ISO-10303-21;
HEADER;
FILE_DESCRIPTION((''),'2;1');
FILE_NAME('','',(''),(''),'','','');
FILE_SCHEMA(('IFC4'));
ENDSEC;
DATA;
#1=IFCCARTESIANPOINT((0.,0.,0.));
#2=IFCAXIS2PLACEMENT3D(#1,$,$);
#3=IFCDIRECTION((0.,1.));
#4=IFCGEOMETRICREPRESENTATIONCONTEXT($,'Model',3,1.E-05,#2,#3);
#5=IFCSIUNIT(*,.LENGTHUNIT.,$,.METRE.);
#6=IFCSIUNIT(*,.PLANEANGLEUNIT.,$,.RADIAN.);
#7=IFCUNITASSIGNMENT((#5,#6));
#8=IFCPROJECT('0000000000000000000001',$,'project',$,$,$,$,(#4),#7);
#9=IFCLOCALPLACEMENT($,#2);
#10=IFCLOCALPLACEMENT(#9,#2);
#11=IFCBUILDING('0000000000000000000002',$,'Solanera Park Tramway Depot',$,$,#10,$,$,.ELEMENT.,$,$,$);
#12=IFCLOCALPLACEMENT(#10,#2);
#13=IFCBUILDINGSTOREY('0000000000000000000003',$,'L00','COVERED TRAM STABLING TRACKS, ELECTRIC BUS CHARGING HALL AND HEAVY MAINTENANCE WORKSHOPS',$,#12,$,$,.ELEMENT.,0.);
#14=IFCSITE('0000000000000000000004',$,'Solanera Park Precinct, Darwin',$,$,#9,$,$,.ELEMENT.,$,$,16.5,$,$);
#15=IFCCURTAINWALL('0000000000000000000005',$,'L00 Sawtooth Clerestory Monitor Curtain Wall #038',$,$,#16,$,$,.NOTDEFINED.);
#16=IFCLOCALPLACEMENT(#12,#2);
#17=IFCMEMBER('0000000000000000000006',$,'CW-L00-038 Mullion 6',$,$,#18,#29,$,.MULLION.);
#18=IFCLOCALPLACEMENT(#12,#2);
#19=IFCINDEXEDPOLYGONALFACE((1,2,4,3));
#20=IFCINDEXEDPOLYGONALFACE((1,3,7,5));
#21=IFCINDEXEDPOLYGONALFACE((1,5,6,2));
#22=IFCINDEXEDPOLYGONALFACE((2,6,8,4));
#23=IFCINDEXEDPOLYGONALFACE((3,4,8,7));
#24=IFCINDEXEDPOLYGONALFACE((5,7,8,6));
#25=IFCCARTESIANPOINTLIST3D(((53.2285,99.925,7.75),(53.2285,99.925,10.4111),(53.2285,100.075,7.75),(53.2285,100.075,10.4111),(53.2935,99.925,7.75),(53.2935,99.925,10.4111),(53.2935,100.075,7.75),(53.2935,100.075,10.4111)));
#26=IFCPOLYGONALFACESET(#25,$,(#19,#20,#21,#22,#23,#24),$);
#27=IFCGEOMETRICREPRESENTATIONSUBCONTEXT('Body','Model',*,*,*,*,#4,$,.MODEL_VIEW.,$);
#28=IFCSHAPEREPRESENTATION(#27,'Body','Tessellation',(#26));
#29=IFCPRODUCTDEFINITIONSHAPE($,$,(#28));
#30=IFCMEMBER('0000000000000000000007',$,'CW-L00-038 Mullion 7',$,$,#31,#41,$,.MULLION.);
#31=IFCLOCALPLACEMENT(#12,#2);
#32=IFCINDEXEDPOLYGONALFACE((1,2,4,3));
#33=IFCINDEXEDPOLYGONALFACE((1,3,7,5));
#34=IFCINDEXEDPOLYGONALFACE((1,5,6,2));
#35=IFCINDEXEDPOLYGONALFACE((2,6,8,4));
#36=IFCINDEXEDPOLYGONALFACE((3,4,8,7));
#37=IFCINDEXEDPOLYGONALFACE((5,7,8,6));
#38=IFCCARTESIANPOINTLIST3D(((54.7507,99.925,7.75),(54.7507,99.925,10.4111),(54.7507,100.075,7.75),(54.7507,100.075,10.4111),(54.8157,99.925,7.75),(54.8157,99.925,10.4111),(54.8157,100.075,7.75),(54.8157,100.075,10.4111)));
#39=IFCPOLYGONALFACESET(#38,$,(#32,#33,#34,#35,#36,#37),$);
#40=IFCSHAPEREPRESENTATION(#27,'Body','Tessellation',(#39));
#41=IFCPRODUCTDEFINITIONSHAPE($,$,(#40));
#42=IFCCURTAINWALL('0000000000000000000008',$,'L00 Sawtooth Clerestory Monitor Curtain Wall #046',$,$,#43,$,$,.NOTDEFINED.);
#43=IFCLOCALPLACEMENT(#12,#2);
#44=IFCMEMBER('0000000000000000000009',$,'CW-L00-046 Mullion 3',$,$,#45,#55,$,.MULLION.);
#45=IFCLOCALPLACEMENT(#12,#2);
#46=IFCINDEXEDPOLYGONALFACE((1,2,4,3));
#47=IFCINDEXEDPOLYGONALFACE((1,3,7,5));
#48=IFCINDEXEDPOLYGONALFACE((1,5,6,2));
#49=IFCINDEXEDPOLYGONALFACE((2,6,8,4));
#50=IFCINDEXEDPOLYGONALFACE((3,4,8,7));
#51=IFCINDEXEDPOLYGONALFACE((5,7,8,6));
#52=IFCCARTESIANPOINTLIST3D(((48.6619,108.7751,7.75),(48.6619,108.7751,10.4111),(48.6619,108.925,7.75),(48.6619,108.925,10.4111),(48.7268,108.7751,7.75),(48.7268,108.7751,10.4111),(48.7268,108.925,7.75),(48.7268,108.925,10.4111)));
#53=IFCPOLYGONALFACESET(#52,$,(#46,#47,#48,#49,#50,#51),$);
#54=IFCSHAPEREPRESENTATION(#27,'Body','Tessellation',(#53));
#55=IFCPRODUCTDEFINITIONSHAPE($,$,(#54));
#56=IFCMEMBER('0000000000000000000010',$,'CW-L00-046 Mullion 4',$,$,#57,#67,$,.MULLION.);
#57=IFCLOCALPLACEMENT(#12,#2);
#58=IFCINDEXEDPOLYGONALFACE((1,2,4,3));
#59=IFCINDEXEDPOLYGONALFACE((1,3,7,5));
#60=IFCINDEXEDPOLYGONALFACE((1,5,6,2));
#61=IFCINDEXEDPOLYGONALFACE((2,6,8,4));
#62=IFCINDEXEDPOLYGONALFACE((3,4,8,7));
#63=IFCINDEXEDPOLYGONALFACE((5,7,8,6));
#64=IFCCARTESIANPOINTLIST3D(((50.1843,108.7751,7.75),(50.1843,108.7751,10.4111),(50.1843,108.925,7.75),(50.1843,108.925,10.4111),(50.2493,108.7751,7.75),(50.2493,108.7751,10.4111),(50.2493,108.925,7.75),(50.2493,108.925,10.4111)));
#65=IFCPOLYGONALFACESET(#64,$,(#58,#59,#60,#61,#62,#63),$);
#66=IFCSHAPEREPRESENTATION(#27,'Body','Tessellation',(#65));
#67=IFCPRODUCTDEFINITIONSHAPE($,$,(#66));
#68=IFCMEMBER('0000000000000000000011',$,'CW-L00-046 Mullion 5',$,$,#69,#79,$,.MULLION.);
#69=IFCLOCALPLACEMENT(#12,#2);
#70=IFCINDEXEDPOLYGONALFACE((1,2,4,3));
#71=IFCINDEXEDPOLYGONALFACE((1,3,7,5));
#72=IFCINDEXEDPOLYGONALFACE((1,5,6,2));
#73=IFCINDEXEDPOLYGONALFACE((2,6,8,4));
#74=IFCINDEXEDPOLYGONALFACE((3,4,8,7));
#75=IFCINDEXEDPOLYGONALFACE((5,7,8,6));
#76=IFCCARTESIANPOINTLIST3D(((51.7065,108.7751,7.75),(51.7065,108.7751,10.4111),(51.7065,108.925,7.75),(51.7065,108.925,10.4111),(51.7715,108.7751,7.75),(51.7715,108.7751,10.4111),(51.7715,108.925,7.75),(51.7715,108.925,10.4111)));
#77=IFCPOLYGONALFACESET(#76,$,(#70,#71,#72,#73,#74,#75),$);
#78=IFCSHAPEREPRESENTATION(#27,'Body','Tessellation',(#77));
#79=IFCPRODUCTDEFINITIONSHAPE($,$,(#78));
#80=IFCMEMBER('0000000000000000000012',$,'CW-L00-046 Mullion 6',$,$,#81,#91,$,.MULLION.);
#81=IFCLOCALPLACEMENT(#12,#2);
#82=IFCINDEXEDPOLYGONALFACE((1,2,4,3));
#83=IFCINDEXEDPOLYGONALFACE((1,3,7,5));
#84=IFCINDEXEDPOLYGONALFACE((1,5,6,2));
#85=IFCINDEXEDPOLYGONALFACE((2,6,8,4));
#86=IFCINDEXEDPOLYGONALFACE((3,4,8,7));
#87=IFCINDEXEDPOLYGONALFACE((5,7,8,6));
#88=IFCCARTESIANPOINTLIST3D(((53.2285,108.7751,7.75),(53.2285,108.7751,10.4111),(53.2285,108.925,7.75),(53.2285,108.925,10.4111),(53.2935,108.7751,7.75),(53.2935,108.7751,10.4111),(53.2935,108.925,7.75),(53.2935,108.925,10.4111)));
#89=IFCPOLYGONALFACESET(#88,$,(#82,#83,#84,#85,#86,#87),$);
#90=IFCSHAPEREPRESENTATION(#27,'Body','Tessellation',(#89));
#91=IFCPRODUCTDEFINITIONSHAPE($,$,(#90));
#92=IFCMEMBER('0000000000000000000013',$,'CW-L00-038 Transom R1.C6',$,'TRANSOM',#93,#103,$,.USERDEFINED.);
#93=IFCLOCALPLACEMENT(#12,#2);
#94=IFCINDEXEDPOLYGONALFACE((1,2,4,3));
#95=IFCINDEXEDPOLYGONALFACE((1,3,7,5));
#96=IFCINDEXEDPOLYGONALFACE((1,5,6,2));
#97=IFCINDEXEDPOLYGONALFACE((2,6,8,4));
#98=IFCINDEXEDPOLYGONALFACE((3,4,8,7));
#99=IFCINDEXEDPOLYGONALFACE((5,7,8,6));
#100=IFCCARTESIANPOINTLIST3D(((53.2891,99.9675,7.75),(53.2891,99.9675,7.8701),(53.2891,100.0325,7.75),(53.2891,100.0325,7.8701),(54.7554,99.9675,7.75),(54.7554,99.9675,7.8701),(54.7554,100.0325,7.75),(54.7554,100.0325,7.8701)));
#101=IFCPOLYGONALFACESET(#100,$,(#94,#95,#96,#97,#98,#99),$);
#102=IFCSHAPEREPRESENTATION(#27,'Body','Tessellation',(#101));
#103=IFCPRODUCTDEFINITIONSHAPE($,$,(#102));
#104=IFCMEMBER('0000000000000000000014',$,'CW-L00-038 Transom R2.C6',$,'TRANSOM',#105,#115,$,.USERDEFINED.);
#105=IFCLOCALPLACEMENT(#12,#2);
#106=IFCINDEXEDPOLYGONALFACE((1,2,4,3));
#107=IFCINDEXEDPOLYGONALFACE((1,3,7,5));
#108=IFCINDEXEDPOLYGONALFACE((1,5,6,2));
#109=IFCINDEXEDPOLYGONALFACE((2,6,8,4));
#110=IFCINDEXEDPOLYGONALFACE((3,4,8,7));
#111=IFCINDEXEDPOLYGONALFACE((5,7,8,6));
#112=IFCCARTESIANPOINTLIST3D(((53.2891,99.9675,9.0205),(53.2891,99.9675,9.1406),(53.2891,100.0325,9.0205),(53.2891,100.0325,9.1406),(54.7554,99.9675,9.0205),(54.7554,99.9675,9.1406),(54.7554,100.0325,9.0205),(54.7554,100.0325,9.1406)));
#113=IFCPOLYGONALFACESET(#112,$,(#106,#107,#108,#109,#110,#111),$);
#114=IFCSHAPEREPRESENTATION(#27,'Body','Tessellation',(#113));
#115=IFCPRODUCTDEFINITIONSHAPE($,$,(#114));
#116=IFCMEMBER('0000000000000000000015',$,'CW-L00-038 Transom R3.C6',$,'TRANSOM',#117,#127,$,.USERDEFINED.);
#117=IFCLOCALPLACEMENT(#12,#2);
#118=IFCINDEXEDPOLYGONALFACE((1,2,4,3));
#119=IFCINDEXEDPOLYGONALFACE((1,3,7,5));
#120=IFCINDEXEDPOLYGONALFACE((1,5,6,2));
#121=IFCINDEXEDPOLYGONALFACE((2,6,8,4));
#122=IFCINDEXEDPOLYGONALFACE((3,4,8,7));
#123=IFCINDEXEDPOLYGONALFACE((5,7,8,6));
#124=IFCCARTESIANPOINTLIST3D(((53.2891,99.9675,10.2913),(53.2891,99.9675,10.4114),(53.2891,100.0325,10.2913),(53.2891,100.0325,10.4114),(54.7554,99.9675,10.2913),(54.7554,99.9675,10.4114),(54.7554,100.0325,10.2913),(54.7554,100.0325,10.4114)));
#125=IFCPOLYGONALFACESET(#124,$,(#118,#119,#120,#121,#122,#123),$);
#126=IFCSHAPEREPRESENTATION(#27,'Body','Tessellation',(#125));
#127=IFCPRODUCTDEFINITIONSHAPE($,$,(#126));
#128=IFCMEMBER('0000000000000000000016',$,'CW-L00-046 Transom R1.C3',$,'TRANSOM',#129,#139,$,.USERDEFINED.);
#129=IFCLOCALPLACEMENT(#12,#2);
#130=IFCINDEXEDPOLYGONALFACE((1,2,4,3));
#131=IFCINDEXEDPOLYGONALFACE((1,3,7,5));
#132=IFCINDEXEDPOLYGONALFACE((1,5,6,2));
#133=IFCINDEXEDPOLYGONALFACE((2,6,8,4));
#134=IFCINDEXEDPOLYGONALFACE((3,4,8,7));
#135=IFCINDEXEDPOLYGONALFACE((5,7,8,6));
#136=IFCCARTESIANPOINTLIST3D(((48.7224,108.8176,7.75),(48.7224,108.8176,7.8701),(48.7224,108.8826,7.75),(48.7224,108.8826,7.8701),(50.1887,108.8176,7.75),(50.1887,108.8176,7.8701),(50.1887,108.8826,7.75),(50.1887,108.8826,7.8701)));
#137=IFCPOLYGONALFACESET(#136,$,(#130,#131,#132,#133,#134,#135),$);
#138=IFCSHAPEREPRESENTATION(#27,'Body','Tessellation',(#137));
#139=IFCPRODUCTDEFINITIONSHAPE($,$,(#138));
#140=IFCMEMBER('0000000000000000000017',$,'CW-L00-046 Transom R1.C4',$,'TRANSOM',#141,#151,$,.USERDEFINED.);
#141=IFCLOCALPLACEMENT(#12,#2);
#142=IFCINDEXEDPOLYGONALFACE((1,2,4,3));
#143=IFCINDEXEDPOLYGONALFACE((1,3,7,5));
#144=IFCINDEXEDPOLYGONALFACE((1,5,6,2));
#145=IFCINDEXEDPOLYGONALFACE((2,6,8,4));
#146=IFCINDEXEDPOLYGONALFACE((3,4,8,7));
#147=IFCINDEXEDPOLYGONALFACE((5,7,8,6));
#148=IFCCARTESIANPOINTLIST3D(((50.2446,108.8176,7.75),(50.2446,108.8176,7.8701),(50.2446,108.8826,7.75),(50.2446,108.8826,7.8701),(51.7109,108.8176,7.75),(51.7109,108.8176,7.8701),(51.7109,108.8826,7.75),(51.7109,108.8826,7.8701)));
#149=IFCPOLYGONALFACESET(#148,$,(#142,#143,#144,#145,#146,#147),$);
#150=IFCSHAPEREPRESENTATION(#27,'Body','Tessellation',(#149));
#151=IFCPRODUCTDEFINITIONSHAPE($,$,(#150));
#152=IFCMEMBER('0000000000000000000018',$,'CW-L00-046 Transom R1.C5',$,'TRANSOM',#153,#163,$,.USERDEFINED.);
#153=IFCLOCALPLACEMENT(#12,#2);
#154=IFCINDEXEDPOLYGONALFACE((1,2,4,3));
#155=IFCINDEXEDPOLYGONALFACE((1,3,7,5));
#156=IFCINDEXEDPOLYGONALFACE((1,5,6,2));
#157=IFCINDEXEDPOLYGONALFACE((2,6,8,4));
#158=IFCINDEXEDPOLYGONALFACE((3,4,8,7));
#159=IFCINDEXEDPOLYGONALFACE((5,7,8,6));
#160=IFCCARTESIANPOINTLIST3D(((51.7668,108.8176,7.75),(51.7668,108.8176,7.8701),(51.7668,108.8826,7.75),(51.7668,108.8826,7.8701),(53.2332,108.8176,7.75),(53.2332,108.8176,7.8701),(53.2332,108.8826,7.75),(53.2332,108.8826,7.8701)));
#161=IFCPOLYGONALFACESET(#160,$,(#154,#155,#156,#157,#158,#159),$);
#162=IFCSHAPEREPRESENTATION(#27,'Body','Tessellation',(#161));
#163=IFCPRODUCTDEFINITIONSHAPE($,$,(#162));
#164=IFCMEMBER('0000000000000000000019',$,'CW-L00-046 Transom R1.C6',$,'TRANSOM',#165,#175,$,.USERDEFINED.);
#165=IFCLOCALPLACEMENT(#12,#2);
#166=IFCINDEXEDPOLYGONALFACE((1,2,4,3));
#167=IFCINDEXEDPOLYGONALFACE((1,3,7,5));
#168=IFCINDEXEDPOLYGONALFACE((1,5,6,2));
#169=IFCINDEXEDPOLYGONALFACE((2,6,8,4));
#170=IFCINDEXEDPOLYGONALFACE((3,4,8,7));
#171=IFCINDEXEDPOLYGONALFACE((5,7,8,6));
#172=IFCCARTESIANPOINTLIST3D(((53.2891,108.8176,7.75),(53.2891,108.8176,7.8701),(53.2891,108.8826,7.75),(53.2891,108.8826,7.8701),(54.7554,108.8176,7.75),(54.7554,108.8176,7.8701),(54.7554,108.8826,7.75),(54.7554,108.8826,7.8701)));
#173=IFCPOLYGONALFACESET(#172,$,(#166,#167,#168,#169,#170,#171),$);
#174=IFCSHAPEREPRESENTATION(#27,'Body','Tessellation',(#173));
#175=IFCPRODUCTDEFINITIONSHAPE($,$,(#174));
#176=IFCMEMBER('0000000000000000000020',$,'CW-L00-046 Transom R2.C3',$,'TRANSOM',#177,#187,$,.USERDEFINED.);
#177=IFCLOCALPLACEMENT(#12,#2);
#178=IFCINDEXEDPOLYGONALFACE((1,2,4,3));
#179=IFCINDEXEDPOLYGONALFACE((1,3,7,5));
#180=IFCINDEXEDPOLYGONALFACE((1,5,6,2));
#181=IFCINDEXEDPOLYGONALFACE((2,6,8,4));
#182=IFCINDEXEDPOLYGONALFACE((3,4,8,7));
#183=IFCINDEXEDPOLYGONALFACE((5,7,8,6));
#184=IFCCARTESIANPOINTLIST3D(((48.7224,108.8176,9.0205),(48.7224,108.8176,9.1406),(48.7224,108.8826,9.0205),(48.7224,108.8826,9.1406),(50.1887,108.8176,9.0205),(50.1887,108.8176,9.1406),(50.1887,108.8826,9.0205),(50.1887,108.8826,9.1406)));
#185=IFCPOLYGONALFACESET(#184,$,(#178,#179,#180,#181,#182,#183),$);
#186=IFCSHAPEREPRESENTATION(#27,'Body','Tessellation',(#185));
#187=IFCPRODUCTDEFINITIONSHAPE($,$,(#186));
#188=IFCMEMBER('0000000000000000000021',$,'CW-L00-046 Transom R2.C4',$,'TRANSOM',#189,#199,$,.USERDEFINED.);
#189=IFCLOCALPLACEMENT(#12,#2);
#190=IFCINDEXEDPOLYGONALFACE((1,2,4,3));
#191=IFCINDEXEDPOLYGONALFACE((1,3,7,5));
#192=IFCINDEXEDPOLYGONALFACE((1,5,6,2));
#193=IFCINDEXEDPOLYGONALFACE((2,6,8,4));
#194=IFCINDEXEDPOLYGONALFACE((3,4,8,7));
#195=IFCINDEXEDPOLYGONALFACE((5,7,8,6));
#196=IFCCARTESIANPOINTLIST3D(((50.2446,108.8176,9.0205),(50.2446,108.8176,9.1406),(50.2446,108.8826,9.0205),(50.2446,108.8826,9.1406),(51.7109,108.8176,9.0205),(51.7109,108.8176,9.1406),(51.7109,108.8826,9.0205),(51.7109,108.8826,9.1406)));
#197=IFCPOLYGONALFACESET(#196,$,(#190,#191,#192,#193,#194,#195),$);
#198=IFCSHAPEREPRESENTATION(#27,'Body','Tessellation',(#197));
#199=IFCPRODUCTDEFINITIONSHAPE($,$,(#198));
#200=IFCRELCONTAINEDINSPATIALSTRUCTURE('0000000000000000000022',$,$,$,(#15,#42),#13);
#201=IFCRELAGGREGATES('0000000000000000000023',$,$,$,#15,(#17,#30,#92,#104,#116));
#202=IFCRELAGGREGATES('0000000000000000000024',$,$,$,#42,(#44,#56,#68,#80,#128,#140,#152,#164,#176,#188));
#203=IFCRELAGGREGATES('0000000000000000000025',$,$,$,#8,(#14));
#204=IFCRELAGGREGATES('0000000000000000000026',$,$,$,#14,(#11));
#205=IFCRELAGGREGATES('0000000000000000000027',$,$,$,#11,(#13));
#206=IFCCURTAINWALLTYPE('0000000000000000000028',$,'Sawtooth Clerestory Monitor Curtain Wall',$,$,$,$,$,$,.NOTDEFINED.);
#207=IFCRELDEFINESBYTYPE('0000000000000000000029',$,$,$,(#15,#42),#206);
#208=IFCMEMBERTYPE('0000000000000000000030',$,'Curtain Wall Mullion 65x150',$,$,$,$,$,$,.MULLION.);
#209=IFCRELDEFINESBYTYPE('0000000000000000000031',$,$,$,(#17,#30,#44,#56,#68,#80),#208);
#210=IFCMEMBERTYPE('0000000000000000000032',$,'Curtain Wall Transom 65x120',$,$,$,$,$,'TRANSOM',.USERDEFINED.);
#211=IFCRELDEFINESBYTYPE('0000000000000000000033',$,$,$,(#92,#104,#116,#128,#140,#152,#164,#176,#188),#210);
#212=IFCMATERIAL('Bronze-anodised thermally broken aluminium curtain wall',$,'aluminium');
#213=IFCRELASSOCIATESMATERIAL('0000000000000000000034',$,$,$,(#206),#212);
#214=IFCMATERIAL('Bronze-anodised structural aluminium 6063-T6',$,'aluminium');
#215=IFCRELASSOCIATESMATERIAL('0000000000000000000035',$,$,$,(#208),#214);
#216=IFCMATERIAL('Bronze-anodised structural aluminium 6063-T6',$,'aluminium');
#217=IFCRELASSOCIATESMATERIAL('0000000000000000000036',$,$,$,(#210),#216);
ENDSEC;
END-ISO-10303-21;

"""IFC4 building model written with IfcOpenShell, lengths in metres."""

from ifc_helpers import new_model, si_unit, direction, frame, origin, origin_2d, place, context, subcontext, project, spatial, rectangle, extrude, material, material_profile, profile_set, type_object, element, aggregate, save


model = new_model("IFC4")

# Units and contexts
model_context = context("Model", 3, precision=1e-05, world=origin(), true_north=direction((0.0, 1.0)))
body_context = subcontext(model_context, "Body", "Model", "MODEL_VIEW")
ifc_project = project(units=[si_unit("LENGTHUNIT", "METRE"), si_unit("PLANEANGLEUNIT", "RADIAN")], contexts=[model_context])

# Site, building, storey
site_placement = place(None, origin())
site = spatial("IfcSite", under=ifc_project, at=site_placement, Name="Solanera Park Precinct, Darwin", CompositionType="ELEMENT", RefElevation=16.5)
building_placement = place(site_placement, origin())
building = spatial("IfcBuilding", under=site, at=building_placement, Name="Solanera Park Tramway Depot", CompositionType="ELEMENT")
storey_placement = place(building_placement, origin())
storey = spatial("IfcBuildingStorey", under=building, at=storey_placement, Name="L00", Description="COVERED TRAM STABLING TRACKS, ELECTRIC BUS CHARGING HALL AND HEAVY MAINTENANCE WORKSHOPS", CompositionType="ELEMENT", Elevation=0.0)

# Curtain walls, members
ifc_material_1 = material(Name="Bronze-anodised thermally broken aluminium curtain wall", Category="aluminium")
curtain_wall_type = type_object("IfcCurtainWallType", Name="Sawtooth Clerestory Monitor Curtain Wall", PredefinedType="NOTDEFINED", material=ifc_material_1)
curtain_wall_1_placement = place(storey_placement, origin())
curtain_wall_1 = element("IfcCurtainWall", 1, at=curtain_wall_1_placement, inside=storey, type_object=curtain_wall_type, Name="L00 Sawtooth Clerestory Monitor Curtain Wall #038", PredefinedType="NOTDEFINED")
ifc_material_2 = material(Name="Bronze-anodised structural aluminium 6063-T6", Category="aluminium")
ifc_material_profile_1 = material_profile(ifc_material_2, rectangle(XDim=0.0649, YDim=0.1499, at=origin_2d()), Name="Curtain Wall Mullion 65x150")
ifc_profile_set_1 = profile_set([ifc_material_profile_1], Name="Bronze-anodised structural aluminium 6063-T6")
member_type_1 = type_object("IfcMemberType", Name="Curtain Wall Mullion 65x150", PredefinedType="MULLION", material=ifc_profile_set_1)
member_1_placement = place(storey_placement, frame((53.261, 100.0, 7.75), z_axis=(0.0, 0.0, 1.0), x_axis=(1.0, 0.0, 0.0)))
member_1 = element("IfcMember", 2, at=member_1_placement, type_object=member_type_1, Name="CW-L00-038 Mullion 6", PredefinedType="MULLION", context=body_context, shape_type="SweptSolid", body=[
    extrude(rectangle(XDim=0.0649, YDim=0.1499, at=origin_2d()), origin(), (0.0, 0.0, 1.0), 2.6611),
])
member_2_placement = place(storey_placement, frame((54.7832, 100.0, 7.75), z_axis=(0.0, 0.0, 1.0), x_axis=(1.0, 0.0, 0.0)))
member_2 = element("IfcMember", 3, at=member_2_placement, type_object=member_type_1, Name="CW-L00-038 Mullion 7", PredefinedType="MULLION", context=body_context, shape_type="SweptSolid", body=[
    extrude(rectangle(XDim=0.0649, YDim=0.1499, at=origin_2d()), origin(), (0.0, 0.0, 1.0), 2.6611),
])
curtain_wall_2_placement = place(storey_placement, origin())
curtain_wall_2 = element("IfcCurtainWall", 4, at=curtain_wall_2_placement, inside=storey, type_object=curtain_wall_type, Name="L00 Sawtooth Clerestory Monitor Curtain Wall #046", PredefinedType="NOTDEFINED")
member_3_placement = place(storey_placement, frame((48.6943, 108.8501, 7.75), z_axis=(0.0, 0.0, 1.0), x_axis=(1.0, 0.0, 0.0)))
member_3 = element("IfcMember", 5, at=member_3_placement, type_object=member_type_1, Name="CW-L00-046 Mullion 3", PredefinedType="MULLION", context=body_context, shape_type="SweptSolid", body=[
    extrude(rectangle(XDim=0.0649, YDim=0.1499, at=origin_2d()), origin(), (0.0, 0.0, 1.0), 2.6611),
])
member_4_placement = place(storey_placement, frame((50.2168, 108.8501, 7.75), z_axis=(0.0, 0.0, 1.0), x_axis=(1.0, 0.0, 0.0)))
member_4 = element("IfcMember", 6, at=member_4_placement, type_object=member_type_1, Name="CW-L00-046 Mullion 4", PredefinedType="MULLION", context=body_context, shape_type="SweptSolid", body=[
    extrude(rectangle(XDim=0.0649, YDim=0.1499, at=origin_2d()), origin(), (0.0, 0.0, 1.0), 2.6611),
])
member_5_placement = place(storey_placement, frame((51.739, 108.8501, 7.75), z_axis=(0.0, 0.0, 1.0), x_axis=(1.0, 0.0, 0.0)))
member_5 = element("IfcMember", 7, at=member_5_placement, type_object=member_type_1, Name="CW-L00-046 Mullion 5", PredefinedType="MULLION", context=body_context, shape_type="SweptSolid", body=[
    extrude(rectangle(XDim=0.0649, YDim=0.1499, at=origin_2d()), origin(), (0.0, 0.0, 1.0), 2.6611),
])
member_6_placement = place(storey_placement, frame((53.261, 108.8501, 7.75), z_axis=(0.0, 0.0, 1.0), x_axis=(1.0, 0.0, 0.0)))
member_6 = element("IfcMember", 8, at=member_6_placement, type_object=member_type_1, Name="CW-L00-046 Mullion 6", PredefinedType="MULLION", context=body_context, shape_type="SweptSolid", body=[
    extrude(rectangle(XDim=0.0649, YDim=0.1499, at=origin_2d()), origin(), (0.0, 0.0, 1.0), 2.6611),
])

# Members
ifc_material_3 = material(Name="Bronze-anodised structural aluminium 6063-T6", Category="aluminium")
ifc_material_profile_2 = material_profile(ifc_material_3, rectangle(XDim=0.0649, YDim=0.1201, at=origin_2d()), Name="Curtain Wall Transom 65x120")
ifc_profile_set_2 = profile_set([ifc_material_profile_2], Name="Bronze-anodised structural aluminium 6063-T6")
member_type_2 = type_object("IfcMemberType", Name="Curtain Wall Transom 65x120", ElementType="TRANSOM", PredefinedType="USERDEFINED", material=ifc_profile_set_2)
member_7_placement = place(storey_placement, frame((53.2891, 100.0, 7.8101), z_axis=(1.0, 0.0, 0.0), x_axis=(0.0, 1.0, 0.0)))
member_7 = element("IfcMember", 9, at=member_7_placement, type_object=member_type_2, Name="CW-L00-038 Transom R1.C6", ObjectType="TRANSOM", PredefinedType="USERDEFINED", context=body_context, shape_type="SweptSolid", body=[
    extrude(rectangle(XDim=0.0649, YDim=0.1201, at=origin_2d()), origin(), (0.0, 0.0, 1.0), 1.4663),
])
member_8_placement = place(storey_placement, frame((53.2891, 100.0, 9.0806), z_axis=(1.0, 0.0, 0.0), x_axis=(0.0, 1.0, 0.0)))
member_8 = element("IfcMember", 10, at=member_8_placement, type_object=member_type_2, Name="CW-L00-038 Transom R2.C6", ObjectType="TRANSOM", PredefinedType="USERDEFINED", context=body_context, shape_type="SweptSolid", body=[
    extrude(rectangle(XDim=0.0649, YDim=0.1201, at=origin_2d()), origin(), (0.0, 0.0, 1.0), 1.4663),
])
member_9_placement = place(storey_placement, frame((53.2891, 100.0, 10.3513), z_axis=(1.0, 0.0, 0.0), x_axis=(0.0, 1.0, 0.0)))
member_9 = element("IfcMember", 11, at=member_9_placement, type_object=member_type_2, Name="CW-L00-038 Transom R3.C6", ObjectType="TRANSOM", PredefinedType="USERDEFINED", context=body_context, shape_type="SweptSolid", body=[
    extrude(rectangle(XDim=0.0649, YDim=0.1201, at=origin_2d()), origin(), (0.0, 0.0, 1.0), 1.4663),
])
member_10_placement = place(storey_placement, frame((48.7224, 108.8501, 7.8101), z_axis=(1.0, 0.0, 0.0), x_axis=(0.0, 1.0, 0.0)))
member_10 = element("IfcMember", 12, at=member_10_placement, type_object=member_type_2, Name="CW-L00-046 Transom R1.C3", ObjectType="TRANSOM", PredefinedType="USERDEFINED", context=body_context, shape_type="SweptSolid", body=[
    extrude(rectangle(XDim=0.0649, YDim=0.1201, at=origin_2d()), origin(), (0.0, 0.0, 1.0), 1.4663),
])
member_11_placement = place(storey_placement, frame((50.2446, 108.8501, 7.8101), z_axis=(1.0, 0.0, 0.0), x_axis=(0.0, 1.0, 0.0)))
member_11 = element("IfcMember", 13, at=member_11_placement, type_object=member_type_2, Name="CW-L00-046 Transom R1.C4", ObjectType="TRANSOM", PredefinedType="USERDEFINED", context=body_context, shape_type="SweptSolid", body=[
    extrude(rectangle(XDim=0.0649, YDim=0.1201, at=origin_2d()), origin(), (0.0, 0.0, 1.0), 1.4663),
])
member_12_placement = place(storey_placement, frame((51.7668, 108.8501, 7.8101), z_axis=(1.0, 0.0, 0.0), x_axis=(0.0, 1.0, 0.0)))
member_12 = element("IfcMember", 14, at=member_12_placement, type_object=member_type_2, Name="CW-L00-046 Transom R1.C5", ObjectType="TRANSOM", PredefinedType="USERDEFINED", context=body_context, shape_type="SweptSolid", body=[
    extrude(rectangle(XDim=0.0649, YDim=0.1201, at=origin_2d()), origin(), (0.0, 0.0, 1.0), 1.4663),
])
member_13_placement = place(storey_placement, frame((53.2891, 108.8501, 7.8101), z_axis=(1.0, 0.0, 0.0), x_axis=(0.0, 1.0, 0.0)))
member_13 = element("IfcMember", 15, at=member_13_placement, type_object=member_type_2, Name="CW-L00-046 Transom R1.C6", ObjectType="TRANSOM", PredefinedType="USERDEFINED", context=body_context, shape_type="SweptSolid", body=[
    extrude(rectangle(XDim=0.0649, YDim=0.1201, at=origin_2d()), origin(), (0.0, 0.0, 1.0), 1.4663),
])
member_14_placement = place(storey_placement, frame((48.7224, 108.8501, 9.0806), z_axis=(1.0, 0.0, 0.0), x_axis=(0.0, 1.0, 0.0)))
member_14 = element("IfcMember", 16, at=member_14_placement, type_object=member_type_2, Name="CW-L00-046 Transom R2.C3", ObjectType="TRANSOM", PredefinedType="USERDEFINED", context=body_context, shape_type="SweptSolid", body=[
    extrude(rectangle(XDim=0.0649, YDim=0.1201, at=origin_2d()), origin(), (0.0, 0.0, 1.0), 1.4663),
])
member_15_placement = place(storey_placement, frame((50.2446, 108.8501, 9.0806), z_axis=(1.0, 0.0, 0.0), x_axis=(0.0, 1.0, 0.0)))
member_15 = element("IfcMember", 17, at=member_15_placement, type_object=member_type_2, Name="CW-L00-046 Transom R2.C4", ObjectType="TRANSOM", PredefinedType="USERDEFINED", context=body_context, shape_type="SweptSolid", body=[
    extrude(rectangle(XDim=0.0649, YDim=0.1201, at=origin_2d()), origin(), (0.0, 0.0, 1.0), 1.4663),
])

aggregate(curtain_wall_1, [member_1, member_2, member_7, member_8, member_9])
aggregate(curtain_wall_2, [member_3, member_4, member_5, member_6, member_10, member_11, member_12, member_13, member_14, member_15])

save(model, "model.ifc")
